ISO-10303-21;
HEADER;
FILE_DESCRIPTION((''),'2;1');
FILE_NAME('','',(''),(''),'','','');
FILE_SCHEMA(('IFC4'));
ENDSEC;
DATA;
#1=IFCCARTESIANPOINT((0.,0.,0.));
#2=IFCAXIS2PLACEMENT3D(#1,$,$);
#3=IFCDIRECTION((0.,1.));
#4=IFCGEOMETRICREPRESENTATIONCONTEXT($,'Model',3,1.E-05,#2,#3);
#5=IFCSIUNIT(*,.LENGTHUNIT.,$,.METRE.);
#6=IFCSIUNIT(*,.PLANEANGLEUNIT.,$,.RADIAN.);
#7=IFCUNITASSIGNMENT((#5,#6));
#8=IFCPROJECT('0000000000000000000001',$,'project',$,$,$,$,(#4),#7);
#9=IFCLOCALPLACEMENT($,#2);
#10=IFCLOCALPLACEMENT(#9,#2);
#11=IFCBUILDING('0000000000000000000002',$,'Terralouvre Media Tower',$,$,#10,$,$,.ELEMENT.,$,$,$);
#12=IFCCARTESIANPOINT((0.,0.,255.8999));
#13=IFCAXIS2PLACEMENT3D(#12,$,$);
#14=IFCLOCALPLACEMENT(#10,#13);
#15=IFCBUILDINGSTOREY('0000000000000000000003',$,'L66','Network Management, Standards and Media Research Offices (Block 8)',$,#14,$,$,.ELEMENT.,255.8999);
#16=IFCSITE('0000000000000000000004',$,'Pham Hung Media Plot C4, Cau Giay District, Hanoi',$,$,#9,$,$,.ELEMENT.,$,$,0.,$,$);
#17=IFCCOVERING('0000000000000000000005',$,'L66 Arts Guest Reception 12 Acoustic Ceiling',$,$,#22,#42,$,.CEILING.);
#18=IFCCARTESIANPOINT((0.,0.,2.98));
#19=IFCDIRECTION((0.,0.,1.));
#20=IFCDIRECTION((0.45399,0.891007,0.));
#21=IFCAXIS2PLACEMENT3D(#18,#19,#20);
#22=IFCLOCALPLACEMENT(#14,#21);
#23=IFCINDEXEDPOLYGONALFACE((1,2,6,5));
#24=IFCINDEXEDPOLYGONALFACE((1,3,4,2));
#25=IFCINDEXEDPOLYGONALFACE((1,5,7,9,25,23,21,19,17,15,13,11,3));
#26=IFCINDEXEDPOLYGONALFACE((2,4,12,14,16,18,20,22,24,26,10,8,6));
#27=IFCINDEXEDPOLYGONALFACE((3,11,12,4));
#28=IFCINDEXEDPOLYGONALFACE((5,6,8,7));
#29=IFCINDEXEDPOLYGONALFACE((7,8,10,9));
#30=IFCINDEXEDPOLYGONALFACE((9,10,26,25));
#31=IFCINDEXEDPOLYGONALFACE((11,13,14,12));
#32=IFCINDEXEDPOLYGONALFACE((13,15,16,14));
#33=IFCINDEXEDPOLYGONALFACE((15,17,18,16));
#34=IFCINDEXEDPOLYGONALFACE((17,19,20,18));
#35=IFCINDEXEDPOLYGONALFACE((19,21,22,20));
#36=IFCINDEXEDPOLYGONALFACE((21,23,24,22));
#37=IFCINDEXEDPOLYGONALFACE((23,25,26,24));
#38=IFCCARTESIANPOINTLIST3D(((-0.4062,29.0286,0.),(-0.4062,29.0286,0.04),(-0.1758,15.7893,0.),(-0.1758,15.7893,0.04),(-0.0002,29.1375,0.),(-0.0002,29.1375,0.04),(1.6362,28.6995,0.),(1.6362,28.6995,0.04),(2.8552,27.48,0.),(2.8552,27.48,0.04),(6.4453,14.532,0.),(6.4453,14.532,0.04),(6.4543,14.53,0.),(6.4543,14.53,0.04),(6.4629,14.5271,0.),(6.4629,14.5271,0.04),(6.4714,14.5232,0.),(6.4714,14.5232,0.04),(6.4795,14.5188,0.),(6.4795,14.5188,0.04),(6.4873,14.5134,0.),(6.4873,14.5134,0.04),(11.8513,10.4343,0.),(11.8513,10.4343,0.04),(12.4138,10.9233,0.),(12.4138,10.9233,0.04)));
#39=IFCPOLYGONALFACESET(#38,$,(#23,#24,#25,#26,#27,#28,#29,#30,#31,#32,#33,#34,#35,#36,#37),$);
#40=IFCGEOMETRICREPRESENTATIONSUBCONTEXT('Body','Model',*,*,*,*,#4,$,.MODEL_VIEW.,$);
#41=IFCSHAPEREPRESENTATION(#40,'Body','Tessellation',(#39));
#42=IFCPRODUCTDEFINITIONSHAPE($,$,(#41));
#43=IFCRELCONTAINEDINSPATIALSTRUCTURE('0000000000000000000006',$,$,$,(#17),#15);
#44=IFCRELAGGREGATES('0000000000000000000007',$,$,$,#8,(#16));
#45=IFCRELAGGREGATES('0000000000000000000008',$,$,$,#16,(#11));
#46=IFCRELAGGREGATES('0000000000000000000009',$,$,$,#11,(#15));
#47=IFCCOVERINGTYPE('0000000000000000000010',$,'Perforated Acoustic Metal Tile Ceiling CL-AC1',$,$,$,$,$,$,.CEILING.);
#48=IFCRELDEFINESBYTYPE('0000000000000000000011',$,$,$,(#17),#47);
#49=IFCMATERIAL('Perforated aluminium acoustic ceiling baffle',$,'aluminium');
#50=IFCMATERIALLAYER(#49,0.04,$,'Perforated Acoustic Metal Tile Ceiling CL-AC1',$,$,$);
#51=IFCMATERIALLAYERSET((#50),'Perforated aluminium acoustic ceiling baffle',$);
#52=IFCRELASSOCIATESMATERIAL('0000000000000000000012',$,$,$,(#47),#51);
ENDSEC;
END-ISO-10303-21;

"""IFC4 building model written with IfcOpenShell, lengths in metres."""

from ifc_helpers import new_model, si_unit, direction, frame, origin, place, context, subcontext, project, spatial, polyline, outline, extrude, material, layer, layer_set, type_object, element, save


model = new_model("IFC4")

# Units and contexts
model_context = context("Model", 3, precision=1e-05, world=origin(), true_north=direction((0.0, 1.0)))
body_context = subcontext(model_context, "Body", "Model", "MODEL_VIEW")
ifc_project = project(units=[si_unit("LENGTHUNIT", "METRE"), si_unit("PLANEANGLEUNIT", "RADIAN")], contexts=[model_context])

# Site, building, storey
site_placement = place(None, origin())
site = spatial("IfcSite", under=ifc_project, at=site_placement, Name="Pham Hung Media Plot C4, Cau Giay District, Hanoi", CompositionType="ELEMENT", RefElevation=0.0)
building_placement = place(site_placement, origin())
building = spatial("IfcBuilding", under=site, at=building_placement, Name="Terralouvre Media Tower", CompositionType="ELEMENT")
storey_placement = place(building_placement, frame((0.0, 0.0, 255.8999)))
storey = spatial("IfcBuildingStorey", under=building, at=storey_placement, Name="L66", Description="Network Management, Standards and Media Research Offices (Block 8)", CompositionType="ELEMENT", Elevation=255.8999)

# Covering
ifc_material_1 = material(Name="Perforated aluminium acoustic ceiling baffle", Category="aluminium")
ifc_layer_1 = layer(ifc_material_1, 0.04, Name="Perforated Acoustic Metal Tile Ceiling CL-AC1")
ifc_layer_set_1 = layer_set([ifc_layer_1], Name="Perforated aluminium acoustic ceiling baffle")
covering_type = type_object("IfcCoveringType", Name="Perforated Acoustic Metal Tile Ceiling CL-AC1", PredefinedType="CEILING", material=ifc_layer_set_1)
covering_placement = place(storey_placement, frame((0.0, 0.0, 2.98), z_axis=(0.0, 0.0, 1.0), x_axis=(0.45399, 0.891007, 0.0)))
element("IfcCovering", 1, at=covering_placement, inside=storey, type_object=covering_type, Name="L66 Arts Guest Reception 12 Acoustic Ceiling", PredefinedType="CEILING", context=body_context, shape_type="SweptSolid", body=[
    extrude(outline(polyline([(6.4453, 14.532), (6.4543, 14.53), (6.4629, 14.5271), (6.4714, 14.5232), (6.4795, 14.5188), (6.4873, 14.5134), (11.8513, 10.4343), (12.4138, 10.9233), (2.8552, 27.48), (1.6362, 28.6995), (-0.0002, 29.1375), (-0.4062, 29.0286), (-0.1758, 15.7893), (6.4453, 14.532)])), origin(), (0.0, 0.0, 1.0), 0.04),
])

save(model, "model.ifc")
